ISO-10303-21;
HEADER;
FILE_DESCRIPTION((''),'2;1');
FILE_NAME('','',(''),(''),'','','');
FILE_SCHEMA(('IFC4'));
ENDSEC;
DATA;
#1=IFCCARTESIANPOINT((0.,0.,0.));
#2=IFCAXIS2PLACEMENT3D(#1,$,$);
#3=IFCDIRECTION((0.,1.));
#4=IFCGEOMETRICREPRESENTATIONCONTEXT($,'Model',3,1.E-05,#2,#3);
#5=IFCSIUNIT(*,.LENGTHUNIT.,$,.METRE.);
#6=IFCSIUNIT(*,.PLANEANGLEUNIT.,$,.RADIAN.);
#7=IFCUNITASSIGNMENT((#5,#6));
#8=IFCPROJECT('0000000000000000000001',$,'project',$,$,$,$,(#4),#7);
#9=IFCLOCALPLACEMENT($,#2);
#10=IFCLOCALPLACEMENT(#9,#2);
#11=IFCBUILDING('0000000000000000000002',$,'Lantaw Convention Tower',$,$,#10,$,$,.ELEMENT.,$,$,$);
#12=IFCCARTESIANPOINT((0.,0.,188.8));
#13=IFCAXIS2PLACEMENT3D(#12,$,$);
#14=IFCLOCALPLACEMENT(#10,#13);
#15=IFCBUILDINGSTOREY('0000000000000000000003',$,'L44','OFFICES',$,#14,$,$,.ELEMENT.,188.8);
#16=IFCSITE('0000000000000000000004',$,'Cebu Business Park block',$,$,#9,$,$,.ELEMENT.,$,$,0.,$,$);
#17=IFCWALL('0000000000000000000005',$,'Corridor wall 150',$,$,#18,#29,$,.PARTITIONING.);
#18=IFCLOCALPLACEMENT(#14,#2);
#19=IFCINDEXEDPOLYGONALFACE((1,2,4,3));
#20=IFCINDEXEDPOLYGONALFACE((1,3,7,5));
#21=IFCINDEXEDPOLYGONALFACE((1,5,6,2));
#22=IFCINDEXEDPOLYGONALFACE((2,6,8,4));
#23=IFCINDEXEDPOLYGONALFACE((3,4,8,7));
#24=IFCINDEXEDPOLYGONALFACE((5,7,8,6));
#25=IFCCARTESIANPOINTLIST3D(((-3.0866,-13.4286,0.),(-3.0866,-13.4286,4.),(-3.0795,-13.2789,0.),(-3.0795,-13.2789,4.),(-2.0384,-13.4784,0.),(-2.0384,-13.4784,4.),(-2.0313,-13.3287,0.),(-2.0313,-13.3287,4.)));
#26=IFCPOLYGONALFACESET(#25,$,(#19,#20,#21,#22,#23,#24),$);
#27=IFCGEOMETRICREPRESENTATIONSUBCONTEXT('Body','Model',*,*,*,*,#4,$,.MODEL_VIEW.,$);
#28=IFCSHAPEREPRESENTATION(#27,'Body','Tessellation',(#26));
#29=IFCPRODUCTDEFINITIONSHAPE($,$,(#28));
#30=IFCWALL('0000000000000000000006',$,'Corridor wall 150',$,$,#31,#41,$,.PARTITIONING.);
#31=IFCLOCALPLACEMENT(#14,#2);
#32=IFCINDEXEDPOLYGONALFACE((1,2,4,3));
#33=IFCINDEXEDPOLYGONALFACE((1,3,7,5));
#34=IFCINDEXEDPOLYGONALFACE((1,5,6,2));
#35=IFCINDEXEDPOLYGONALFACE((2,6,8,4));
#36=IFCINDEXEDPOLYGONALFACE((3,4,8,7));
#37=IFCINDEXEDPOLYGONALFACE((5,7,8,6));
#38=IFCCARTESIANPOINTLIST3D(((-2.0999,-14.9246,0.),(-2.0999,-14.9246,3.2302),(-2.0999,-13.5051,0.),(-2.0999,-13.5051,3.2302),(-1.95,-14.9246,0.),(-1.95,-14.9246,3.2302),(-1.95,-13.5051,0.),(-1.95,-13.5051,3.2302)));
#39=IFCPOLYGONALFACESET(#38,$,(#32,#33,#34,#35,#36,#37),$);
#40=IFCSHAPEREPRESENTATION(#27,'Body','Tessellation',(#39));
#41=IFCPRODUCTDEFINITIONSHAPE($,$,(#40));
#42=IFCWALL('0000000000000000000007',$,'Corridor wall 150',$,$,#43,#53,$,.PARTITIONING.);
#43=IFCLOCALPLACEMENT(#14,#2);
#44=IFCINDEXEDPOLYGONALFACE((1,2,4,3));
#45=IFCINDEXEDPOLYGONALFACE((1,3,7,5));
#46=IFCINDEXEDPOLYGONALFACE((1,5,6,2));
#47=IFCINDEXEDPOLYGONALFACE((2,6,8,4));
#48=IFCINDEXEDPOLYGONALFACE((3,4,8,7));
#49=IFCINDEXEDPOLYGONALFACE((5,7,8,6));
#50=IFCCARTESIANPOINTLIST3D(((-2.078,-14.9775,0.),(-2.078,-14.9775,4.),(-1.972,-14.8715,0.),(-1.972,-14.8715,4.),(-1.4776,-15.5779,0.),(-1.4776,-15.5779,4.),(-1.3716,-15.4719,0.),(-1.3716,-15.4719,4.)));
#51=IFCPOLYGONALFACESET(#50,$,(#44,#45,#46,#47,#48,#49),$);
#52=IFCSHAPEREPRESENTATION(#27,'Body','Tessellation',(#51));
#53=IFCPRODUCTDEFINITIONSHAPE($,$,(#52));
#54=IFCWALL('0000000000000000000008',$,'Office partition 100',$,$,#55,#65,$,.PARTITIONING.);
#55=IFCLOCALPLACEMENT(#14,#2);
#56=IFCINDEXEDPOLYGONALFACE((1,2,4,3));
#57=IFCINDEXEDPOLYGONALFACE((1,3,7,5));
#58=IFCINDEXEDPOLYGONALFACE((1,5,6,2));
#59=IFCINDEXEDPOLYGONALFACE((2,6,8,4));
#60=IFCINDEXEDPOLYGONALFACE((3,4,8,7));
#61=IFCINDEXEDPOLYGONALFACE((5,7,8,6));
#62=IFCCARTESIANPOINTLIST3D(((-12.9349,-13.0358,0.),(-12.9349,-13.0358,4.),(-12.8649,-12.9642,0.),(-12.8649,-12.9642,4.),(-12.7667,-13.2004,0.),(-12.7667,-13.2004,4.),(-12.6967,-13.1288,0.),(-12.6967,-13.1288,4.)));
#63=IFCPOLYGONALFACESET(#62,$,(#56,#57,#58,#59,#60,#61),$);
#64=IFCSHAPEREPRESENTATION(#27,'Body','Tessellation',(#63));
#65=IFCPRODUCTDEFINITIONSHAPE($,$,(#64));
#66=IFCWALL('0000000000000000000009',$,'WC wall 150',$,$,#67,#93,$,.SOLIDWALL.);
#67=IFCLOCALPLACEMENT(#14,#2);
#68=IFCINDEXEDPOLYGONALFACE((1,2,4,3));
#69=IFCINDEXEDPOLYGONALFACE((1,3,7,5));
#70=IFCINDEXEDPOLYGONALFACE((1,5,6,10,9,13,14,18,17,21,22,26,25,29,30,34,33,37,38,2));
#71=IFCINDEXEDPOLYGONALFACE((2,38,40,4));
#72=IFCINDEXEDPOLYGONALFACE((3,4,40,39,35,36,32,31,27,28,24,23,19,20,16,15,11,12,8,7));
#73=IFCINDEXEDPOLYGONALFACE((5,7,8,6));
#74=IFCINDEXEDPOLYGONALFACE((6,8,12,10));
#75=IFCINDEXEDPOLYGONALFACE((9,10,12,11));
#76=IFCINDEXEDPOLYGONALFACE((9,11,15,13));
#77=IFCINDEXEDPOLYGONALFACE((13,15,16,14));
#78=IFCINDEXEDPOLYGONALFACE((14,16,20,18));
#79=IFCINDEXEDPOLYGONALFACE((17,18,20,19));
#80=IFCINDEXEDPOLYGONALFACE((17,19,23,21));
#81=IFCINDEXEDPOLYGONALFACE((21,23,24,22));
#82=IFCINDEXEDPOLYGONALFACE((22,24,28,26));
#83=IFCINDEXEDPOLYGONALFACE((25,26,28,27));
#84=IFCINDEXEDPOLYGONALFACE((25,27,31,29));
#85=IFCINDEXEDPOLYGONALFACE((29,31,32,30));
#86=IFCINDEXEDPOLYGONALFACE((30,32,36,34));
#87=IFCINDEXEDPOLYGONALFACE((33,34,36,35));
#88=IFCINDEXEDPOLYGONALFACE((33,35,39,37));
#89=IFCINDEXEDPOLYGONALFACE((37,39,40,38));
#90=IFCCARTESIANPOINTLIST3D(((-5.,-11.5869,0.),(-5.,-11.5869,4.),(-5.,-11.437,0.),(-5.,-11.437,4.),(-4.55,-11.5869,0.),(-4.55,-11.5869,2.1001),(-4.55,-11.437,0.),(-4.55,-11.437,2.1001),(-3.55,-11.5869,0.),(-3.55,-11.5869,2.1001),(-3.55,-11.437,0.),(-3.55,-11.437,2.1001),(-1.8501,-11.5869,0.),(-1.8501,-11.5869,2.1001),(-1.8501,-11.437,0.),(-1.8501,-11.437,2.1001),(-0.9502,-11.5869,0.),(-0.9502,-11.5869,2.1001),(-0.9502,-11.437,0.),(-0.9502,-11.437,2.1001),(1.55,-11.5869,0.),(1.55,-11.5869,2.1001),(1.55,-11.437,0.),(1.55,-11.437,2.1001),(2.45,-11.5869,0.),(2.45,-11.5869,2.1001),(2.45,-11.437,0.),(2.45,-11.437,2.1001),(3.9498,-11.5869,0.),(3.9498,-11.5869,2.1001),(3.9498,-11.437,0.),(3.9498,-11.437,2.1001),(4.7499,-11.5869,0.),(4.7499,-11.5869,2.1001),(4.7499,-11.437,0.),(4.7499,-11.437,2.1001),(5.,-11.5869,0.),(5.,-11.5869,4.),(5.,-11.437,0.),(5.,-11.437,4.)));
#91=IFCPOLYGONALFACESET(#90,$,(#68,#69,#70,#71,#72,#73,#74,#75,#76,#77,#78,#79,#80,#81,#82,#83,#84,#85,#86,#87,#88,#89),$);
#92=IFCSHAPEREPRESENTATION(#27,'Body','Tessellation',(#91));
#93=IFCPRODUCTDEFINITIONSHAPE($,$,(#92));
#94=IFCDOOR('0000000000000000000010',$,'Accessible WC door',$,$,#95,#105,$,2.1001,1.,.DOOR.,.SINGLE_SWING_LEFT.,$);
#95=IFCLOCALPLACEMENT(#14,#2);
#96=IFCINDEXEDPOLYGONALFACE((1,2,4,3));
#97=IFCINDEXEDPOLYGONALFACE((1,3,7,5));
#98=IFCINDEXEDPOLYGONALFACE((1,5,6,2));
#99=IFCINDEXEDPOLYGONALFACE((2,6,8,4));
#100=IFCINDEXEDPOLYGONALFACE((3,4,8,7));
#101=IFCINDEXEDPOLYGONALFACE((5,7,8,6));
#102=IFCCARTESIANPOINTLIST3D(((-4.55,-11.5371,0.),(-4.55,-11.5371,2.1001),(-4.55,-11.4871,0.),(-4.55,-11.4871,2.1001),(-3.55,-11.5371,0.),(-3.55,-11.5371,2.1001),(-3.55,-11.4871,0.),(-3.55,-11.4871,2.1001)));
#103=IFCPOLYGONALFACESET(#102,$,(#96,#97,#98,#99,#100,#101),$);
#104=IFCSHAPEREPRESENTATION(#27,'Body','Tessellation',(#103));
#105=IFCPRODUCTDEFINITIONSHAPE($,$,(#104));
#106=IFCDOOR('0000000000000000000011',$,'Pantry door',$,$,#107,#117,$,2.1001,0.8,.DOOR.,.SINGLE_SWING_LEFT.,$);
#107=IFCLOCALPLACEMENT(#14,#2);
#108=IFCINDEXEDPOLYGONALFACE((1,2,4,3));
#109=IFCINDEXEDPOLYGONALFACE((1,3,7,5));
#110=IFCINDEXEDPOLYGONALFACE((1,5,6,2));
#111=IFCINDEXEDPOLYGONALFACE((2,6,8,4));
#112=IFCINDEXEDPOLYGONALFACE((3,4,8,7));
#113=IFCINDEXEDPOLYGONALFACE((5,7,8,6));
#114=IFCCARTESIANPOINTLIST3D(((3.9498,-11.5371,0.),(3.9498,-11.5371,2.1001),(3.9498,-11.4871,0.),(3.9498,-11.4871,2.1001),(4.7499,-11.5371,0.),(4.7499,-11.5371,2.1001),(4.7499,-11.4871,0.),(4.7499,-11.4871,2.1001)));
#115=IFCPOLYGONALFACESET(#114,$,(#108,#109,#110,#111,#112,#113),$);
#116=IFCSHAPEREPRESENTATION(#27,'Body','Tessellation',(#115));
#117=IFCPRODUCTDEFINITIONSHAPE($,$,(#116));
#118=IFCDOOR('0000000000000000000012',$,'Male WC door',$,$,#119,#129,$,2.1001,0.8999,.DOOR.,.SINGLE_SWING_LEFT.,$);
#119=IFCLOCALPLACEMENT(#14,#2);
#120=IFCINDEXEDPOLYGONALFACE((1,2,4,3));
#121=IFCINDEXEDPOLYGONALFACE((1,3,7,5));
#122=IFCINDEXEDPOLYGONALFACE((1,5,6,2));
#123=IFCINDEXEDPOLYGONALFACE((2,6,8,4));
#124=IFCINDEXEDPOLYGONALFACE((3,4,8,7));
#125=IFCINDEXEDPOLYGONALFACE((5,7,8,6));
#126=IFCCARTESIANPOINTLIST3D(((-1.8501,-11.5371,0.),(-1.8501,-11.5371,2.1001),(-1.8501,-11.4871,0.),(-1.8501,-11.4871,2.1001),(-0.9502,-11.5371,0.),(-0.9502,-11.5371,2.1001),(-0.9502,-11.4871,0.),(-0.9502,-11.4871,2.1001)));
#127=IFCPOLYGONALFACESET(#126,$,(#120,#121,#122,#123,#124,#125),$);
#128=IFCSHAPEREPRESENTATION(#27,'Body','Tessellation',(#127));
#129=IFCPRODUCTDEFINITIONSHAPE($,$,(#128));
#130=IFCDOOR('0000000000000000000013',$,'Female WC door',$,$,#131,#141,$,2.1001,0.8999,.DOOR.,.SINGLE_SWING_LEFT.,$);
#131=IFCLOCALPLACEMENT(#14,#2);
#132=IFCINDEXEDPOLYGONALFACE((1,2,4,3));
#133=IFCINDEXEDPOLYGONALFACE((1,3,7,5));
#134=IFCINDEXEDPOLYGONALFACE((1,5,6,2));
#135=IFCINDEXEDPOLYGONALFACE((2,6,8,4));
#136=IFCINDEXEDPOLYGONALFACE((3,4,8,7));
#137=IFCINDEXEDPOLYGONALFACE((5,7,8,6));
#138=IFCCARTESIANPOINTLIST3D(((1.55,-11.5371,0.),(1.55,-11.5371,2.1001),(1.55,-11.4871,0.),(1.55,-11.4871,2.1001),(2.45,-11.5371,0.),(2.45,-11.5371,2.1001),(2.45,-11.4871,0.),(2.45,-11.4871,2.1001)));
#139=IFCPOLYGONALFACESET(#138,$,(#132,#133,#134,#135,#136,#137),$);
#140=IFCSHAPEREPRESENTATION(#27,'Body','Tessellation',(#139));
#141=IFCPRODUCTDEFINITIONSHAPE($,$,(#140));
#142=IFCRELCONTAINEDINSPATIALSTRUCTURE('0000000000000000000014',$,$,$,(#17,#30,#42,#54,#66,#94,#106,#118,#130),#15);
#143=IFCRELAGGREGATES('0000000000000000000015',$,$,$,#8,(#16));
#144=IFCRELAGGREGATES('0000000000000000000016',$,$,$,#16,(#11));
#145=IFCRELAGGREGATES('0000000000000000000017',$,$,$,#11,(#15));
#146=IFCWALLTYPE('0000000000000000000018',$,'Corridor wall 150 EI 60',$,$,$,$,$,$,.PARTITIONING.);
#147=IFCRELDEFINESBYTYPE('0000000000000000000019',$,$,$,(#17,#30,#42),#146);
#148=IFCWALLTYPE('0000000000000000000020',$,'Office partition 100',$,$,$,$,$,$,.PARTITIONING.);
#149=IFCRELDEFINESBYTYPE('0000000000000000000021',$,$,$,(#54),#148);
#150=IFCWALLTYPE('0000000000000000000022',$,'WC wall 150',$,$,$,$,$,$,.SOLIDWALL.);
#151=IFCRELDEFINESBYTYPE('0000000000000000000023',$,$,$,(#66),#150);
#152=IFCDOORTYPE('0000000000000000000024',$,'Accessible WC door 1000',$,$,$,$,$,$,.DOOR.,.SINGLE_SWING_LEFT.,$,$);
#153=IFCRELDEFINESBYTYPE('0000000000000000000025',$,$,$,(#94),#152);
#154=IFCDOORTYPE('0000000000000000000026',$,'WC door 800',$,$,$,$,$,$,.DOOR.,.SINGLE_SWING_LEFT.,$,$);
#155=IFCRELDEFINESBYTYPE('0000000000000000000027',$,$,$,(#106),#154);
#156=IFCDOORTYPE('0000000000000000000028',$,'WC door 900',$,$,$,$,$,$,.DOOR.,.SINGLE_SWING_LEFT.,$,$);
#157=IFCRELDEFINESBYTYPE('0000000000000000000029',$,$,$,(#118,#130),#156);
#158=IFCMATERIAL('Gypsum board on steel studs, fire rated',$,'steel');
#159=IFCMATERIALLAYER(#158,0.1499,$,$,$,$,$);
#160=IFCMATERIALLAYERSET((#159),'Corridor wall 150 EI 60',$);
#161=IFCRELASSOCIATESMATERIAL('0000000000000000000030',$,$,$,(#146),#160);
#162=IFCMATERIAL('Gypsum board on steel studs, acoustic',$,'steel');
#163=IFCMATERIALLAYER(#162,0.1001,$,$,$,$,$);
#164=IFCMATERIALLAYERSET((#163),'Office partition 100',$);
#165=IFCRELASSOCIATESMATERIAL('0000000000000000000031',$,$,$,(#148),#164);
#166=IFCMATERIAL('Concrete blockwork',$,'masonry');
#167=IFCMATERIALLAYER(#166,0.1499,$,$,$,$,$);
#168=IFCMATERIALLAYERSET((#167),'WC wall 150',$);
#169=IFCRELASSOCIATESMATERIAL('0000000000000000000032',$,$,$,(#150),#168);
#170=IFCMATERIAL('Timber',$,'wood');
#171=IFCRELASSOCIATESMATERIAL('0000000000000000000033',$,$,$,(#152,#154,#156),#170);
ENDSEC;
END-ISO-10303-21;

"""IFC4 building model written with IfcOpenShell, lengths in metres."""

from ifc_helpers import new_model, si_unit, direction, frame, frame_2d, origin, place, context, subcontext, project, spatial, rectangle, extrude, material, layer, layer_set, type_object, element, fill, save


model = new_model("IFC4")

# Units and contexts
model_context = context("Model", 3, precision=1e-05, world=origin(), true_north=direction((0.0, 1.0)))
body_context = subcontext(model_context, "Body", "Model", "MODEL_VIEW")
ifc_project = project(units=[si_unit("LENGTHUNIT", "METRE"), si_unit("PLANEANGLEUNIT", "RADIAN")], contexts=[model_context])

# Site, building, storey
site_placement = place(None, origin())
site = spatial("IfcSite", under=ifc_project, at=site_placement, Name="Cebu Business Park block", CompositionType="ELEMENT", RefElevation=0.0)
building_placement = place(site_placement, origin())
building = spatial("IfcBuilding", under=site, at=building_placement, Name="Lantaw Convention Tower", CompositionType="ELEMENT")
storey_placement = place(building_placement, frame((0.0, 0.0, 188.8)))
storey = spatial("IfcBuildingStorey", under=building, at=storey_placement, Name="L44", Description="OFFICES", CompositionType="ELEMENT", Elevation=188.8)

# Shared definitions
ifc_material_1 = material(Name="Gypsum board on steel studs, fire rated", Category="steel")
ifc_layer_1 = layer(ifc_material_1, 0.1499)
ifc_layer_set_1 = layer_set([ifc_layer_1], Name="Corridor wall 150 EI 60")
wall_type_1 = type_object("IfcWallType", Name="Corridor wall 150 EI 60", PredefinedType="PARTITIONING", material=ifc_layer_set_1)

# Walls
wall_1_placement = place(storey_placement, frame((-3.083, -13.3538, 0.0), z_axis=(0.0, 0.0, 1.0), x_axis=(0.998873, -0.047466, 0.0)))
element("IfcWall", 1, at=wall_1_placement, inside=storey, type_object=wall_type_1, Name="Corridor wall 150", PredefinedType="PARTITIONING", context=body_context, shape_type="SweptSolid", body=[
    extrude(rectangle(XDim=1.0493, YDim=0.1499, at=frame_2d((0.5247, 0.0))), origin(), (0.0, 0.0, 1.0), 4.0),
])
wall_2_placement = place(storey_placement, frame((-2.0249, -14.9246, 0.0), z_axis=(0.0, 0.0, 1.0), x_axis=(0.0, 1.0, 0.0)))
element("IfcWall", 2, at=wall_2_placement, inside=storey, type_object=wall_type_1, Name="Corridor wall 150", PredefinedType="PARTITIONING", context=body_context, shape_type="SweptSolid", body=[
    extrude(rectangle(XDim=1.4194, YDim=0.1499, at=frame_2d((0.7097, 0.0))), origin(), (0.0, 0.0, 1.0), 3.2302),
])
wall_3_placement = place(storey_placement, frame((-1.4246, -15.5249, 0.0), z_axis=(0.0, 0.0, 1.0), x_axis=(-0.707107, 0.707107, 0.0)))
element("IfcWall", 3, at=wall_3_placement, inside=storey, type_object=wall_type_1, Name="Corridor wall 150", PredefinedType="PARTITIONING", context=body_context, shape_type="SweptSolid", body=[
    extrude(rectangle(XDim=0.8491, YDim=0.1499, at=frame_2d((0.4246, 0.0))), origin(), (0.0, 0.0, 1.0), 4.0),
])
ifc_material_2 = material(Name="Gypsum board on steel studs, acoustic", Category="steel")
ifc_layer_2 = layer(ifc_material_2, 0.1001)
ifc_layer_set_2 = layer_set([ifc_layer_2], Name="Office partition 100")
wall_type_2 = type_object("IfcWallType", Name="Office partition 100", PredefinedType="PARTITIONING", material=ifc_layer_set_2)
wall_4_placement = place(storey_placement, frame((-12.8999, -13.0, 0.0), z_axis=(0.0, 0.0, 1.0), x_axis=(0.714845, -0.699283, 0.0)))
element("IfcWall", 4, at=wall_4_placement, inside=storey, type_object=wall_type_2, Name="Office partition 100", PredefinedType="PARTITIONING", context=body_context, shape_type="SweptSolid", body=[
    extrude(rectangle(XDim=0.2354, YDim=0.1001, at=frame_2d((0.1177, 0.0))), origin(), (0.0, 0.0, 1.0), 4.0),
])

# Wall, openings, doors
ifc_material_3 = material(Name="Concrete blockwork", Category="masonry")
ifc_layer_3 = layer(ifc_material_3, 0.1499)
ifc_layer_set_3 = layer_set([ifc_layer_3], Name="WC wall 150")
wall_type_3 = type_object("IfcWallType", Name="WC wall 150", PredefinedType="SOLIDWALL", material=ifc_layer_set_3)
wall_5_placement = place(storey_placement, frame((-5.0, -11.512, 0.0), z_axis=(0.0, 0.0, 1.0), x_axis=(1.0, 0.0, 0.0)))
wall_5 = element("IfcWall", 5, at=wall_5_placement, inside=storey, type_object=wall_type_3, Name="WC wall 150", PredefinedType="SOLIDWALL", context=body_context, shape_type="SweptSolid", body=[
    extrude(rectangle(XDim=10.0, YDim=0.1499, at=frame_2d((5.0, 0.0))), origin(), (0.0, 0.0, 1.0), 4.0),
])
opening_1_placement = place(wall_5_placement, frame((0.45, 0.0, 0.0)))
opening_1 = element("IfcOpeningElement", 6, at=opening_1_placement, cuts=wall_5, PredefinedType="OPENING", context=body_context, shape_type="SweptSolid", body=[
    extrude(rectangle(XDim=1.0, YDim=2.1001, at=frame_2d((0.5, 1.05))), frame((0.0, 0.085, 0.0), z_axis=(0.0, -1.0, 0.0), x_axis=(1.0, 0.0, 0.0)), (0.0, 0.0, 1.0), 0.1699),
])
opening_2_placement = place(wall_5_placement, frame((3.1499, 0.0, 0.0)))
opening_2 = element("IfcOpeningElement", 7, at=opening_2_placement, cuts=wall_5, PredefinedType="OPENING", context=body_context, shape_type="SweptSolid", body=[
    extrude(rectangle(XDim=0.8999, YDim=2.1001, at=frame_2d((0.45, 1.05))), frame((0.0, 0.085, 0.0), z_axis=(0.0, -1.0, 0.0), x_axis=(1.0, 0.0, 0.0)), (0.0, 0.0, 1.0), 0.1699),
])
opening_3_placement = place(wall_5_placement, frame((6.55, 0.0, 0.0)))
opening_3 = element("IfcOpeningElement", 8, at=opening_3_placement, cuts=wall_5, PredefinedType="OPENING", context=body_context, shape_type="SweptSolid", body=[
    extrude(rectangle(XDim=0.8999, YDim=2.1001, at=frame_2d((0.45, 1.05))), frame((0.0, 0.085, 0.0), z_axis=(0.0, -1.0, 0.0), x_axis=(1.0, 0.0, 0.0)), (0.0, 0.0, 1.0), 0.1699),
])
opening_4_placement = place(wall_5_placement, frame((8.95, 0.0, 0.0)))
opening_4 = element("IfcOpeningElement", 9, at=opening_4_placement, cuts=wall_5, PredefinedType="OPENING", context=body_context, shape_type="SweptSolid", body=[
    extrude(rectangle(XDim=0.8, YDim=2.1001, at=frame_2d((0.3999, 1.05))), frame((0.0, 0.085, 0.0), z_axis=(0.0, -1.0, 0.0), x_axis=(1.0, 0.0, 0.0)), (0.0, 0.0, 1.0), 0.1699),
])
ifc_material_4 = material(Name="Timber", Category="wood")
door_type_1 = type_object("IfcDoorType", Name="Accessible WC door 1000", OperationType="SINGLE_SWING_LEFT", PredefinedType="DOOR", material=ifc_material_4)
door_1_placement = place(opening_1_placement, origin())
door_1 = element("IfcDoor", 10, at=door_1_placement, inside=storey, type_object=door_type_1, Name="Accessible WC door", OperationType="SINGLE_SWING_LEFT", OverallHeight=2.1001, OverallWidth=1.0, PredefinedType="DOOR", context=body_context, shape_type="SweptSolid", body=[
    extrude(rectangle(XDim=1.0, YDim=2.1001, at=frame_2d((0.5, 1.05))), frame((0.0, 0.0249, 0.0), z_axis=(0.0, -1.0, 0.0), x_axis=(1.0, 0.0, 0.0)), (0.0, 0.0, 1.0), 0.05),
])
fill(opening_1, door_1)
door_type_2 = type_object("IfcDoorType", Name="WC door 800", OperationType="SINGLE_SWING_LEFT", PredefinedType="DOOR", material=ifc_material_4)
door_2_placement = place(opening_4_placement, origin())
door_2 = element("IfcDoor", 11, at=door_2_placement, inside=storey, type_object=door_type_2, Name="Pantry door", OperationType="SINGLE_SWING_LEFT", OverallHeight=2.1001, OverallWidth=0.8, PredefinedType="DOOR", context=body_context, shape_type="SweptSolid", body=[
    extrude(rectangle(XDim=0.8, YDim=2.1001, at=frame_2d((0.3999, 1.05))), frame((0.0, 0.0249, 0.0), z_axis=(0.0, -1.0, 0.0), x_axis=(1.0, 0.0, 0.0)), (0.0, 0.0, 1.0), 0.05),
])
fill(opening_4, door_2)
door_type_3 = type_object("IfcDoorType", Name="WC door 900", OperationType="SINGLE_SWING_LEFT", PredefinedType="DOOR", material=ifc_material_4)
door_3_placement = place(opening_2_placement, origin())
door_3 = element("IfcDoor", 12, at=door_3_placement, inside=storey, type_object=door_type_3, Name="Male WC door", OperationType="SINGLE_SWING_LEFT", OverallHeight=2.1001, OverallWidth=0.8999, PredefinedType="DOOR", context=body_context, shape_type="SweptSolid", body=[
    extrude(rectangle(XDim=0.8999, YDim=2.1001, at=frame_2d((0.45, 1.05))), frame((0.0, 0.0249, 0.0), z_axis=(0.0, -1.0, 0.0), x_axis=(1.0, 0.0, 0.0)), (0.0, 0.0, 1.0), 0.05),
])
fill(opening_2, door_3)
door_4_placement = place(opening_3_placement, origin())
door_4 = element("IfcDoor", 13, at=door_4_placement, inside=storey, type_object=door_type_3, Name="Female WC door", OperationType="SINGLE_SWING_LEFT", OverallHeight=2.1001, OverallWidth=0.8999, PredefinedType="DOOR", context=body_context, shape_type="SweptSolid", body=[
    extrude(rectangle(XDim=0.8999, YDim=2.1001, at=frame_2d((0.45, 1.05))), frame((0.0, 0.0249, 0.0), z_axis=(0.0, -1.0, 0.0), x_axis=(1.0, 0.0, 0.0)), (0.0, 0.0, 1.0), 0.05),
])
fill(opening_3, door_4)

save(model, "model.ifc")
